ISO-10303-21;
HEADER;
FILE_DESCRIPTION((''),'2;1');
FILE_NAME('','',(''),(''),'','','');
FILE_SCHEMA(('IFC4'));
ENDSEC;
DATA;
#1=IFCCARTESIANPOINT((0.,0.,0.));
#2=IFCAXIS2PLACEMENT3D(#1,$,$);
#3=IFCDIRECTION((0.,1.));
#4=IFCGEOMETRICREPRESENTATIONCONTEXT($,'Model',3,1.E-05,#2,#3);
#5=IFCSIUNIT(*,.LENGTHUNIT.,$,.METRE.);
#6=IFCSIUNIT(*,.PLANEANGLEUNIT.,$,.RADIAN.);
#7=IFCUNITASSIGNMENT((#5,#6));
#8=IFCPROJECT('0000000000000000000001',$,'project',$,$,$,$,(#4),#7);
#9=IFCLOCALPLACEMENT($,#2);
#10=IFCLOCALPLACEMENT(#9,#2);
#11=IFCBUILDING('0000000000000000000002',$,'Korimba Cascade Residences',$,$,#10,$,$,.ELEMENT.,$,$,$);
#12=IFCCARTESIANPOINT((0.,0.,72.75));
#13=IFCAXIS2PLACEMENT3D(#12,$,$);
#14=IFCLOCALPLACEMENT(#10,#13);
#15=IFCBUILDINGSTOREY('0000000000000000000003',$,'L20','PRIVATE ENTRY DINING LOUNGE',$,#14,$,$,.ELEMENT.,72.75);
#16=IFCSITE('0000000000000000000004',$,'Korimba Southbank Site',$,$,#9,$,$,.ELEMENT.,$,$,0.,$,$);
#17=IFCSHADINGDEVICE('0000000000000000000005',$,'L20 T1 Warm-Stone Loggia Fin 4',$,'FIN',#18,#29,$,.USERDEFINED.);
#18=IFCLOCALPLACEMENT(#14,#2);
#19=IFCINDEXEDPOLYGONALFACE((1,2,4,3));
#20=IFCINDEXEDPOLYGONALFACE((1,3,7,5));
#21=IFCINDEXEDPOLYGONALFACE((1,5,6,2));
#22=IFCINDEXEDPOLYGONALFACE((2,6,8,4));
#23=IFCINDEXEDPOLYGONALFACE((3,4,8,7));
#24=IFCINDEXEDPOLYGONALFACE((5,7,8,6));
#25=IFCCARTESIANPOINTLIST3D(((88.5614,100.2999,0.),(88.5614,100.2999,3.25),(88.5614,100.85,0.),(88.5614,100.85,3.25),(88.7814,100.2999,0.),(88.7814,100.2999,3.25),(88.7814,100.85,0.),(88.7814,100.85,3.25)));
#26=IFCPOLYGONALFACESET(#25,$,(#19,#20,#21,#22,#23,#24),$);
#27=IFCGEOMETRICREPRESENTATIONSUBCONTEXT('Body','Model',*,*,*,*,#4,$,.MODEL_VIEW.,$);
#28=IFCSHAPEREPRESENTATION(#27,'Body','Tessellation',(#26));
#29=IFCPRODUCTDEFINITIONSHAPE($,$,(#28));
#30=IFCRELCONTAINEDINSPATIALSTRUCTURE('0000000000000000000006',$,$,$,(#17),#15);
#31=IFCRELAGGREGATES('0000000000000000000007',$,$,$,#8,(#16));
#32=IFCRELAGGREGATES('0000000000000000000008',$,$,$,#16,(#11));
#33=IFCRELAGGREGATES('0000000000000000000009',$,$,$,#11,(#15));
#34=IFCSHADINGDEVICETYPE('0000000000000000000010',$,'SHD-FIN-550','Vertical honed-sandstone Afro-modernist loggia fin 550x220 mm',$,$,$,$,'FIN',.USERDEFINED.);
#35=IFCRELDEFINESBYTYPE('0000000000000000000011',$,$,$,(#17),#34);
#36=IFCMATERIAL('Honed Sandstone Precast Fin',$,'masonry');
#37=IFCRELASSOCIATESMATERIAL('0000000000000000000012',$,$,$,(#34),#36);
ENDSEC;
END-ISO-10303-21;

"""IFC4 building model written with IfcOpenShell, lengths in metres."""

from ifc_helpers import new_model, si_unit, direction, frame, origin, origin_2d, place, context, subcontext, project, spatial, rectangle, extrude, material, type_object, element, save


model = new_model("IFC4")

# Units and contexts
model_context = context("Model", 3, precision=1e-05, world=origin(), true_north=direction((0.0, 1.0)))
body_context = subcontext(model_context, "Body", "Model", "MODEL_VIEW")
ifc_project = project(units=[si_unit("LENGTHUNIT", "METRE"), si_unit("PLANEANGLEUNIT", "RADIAN")], contexts=[model_context])

# Site, building, storey
site_placement = place(None, origin())
site = spatial("IfcSite", under=ifc_project, at=site_placement, Name="Korimba Southbank Site", CompositionType="ELEMENT", RefElevation=0.0)
building_placement = place(site_placement, origin())
building = spatial("IfcBuilding", under=site, at=building_placement, Name="Korimba Cascade Residences", CompositionType="ELEMENT")
storey_placement = place(building_placement, frame((0.0, 0.0, 72.75)))
storey = spatial("IfcBuildingStorey", under=building, at=storey_placement, Name="L20", Description="PRIVATE ENTRY DINING LOUNGE", CompositionType="ELEMENT", Elevation=72.75)

# Shading device
ifc_material_1 = material(Name="Honed Sandstone Precast Fin", Category="masonry")
shading_device_type = type_object("IfcShadingDeviceType", Name="SHD-FIN-550", Description="Vertical honed-sandstone Afro-modernist loggia fin 550x220 mm", ElementType="FIN", PredefinedType="USERDEFINED", material=ifc_material_1)
for number, where, z_axis, x_axis, name in (
    (1, (88.6714, 100.575, 0.0), (0.0, 0.0, 1.0), (1.0, 0.0, 0.0), "L20 T1 Warm-Stone Loggia Fin 4"),
):
    element("IfcShadingDevice", number, at=place(storey_placement, frame(where, z_axis=z_axis, x_axis=x_axis)), inside=storey, type_object=shading_device_type, Name=name, ObjectType="FIN", PredefinedType="USERDEFINED", context=body_context, shape_type="SweptSolid", body=[
        extrude(rectangle(XDim=0.22, YDim=0.55, at=origin_2d()), origin(), (0.0, 0.0, 1.0), 3.25),
    ])

save(model, "model.ifc")
